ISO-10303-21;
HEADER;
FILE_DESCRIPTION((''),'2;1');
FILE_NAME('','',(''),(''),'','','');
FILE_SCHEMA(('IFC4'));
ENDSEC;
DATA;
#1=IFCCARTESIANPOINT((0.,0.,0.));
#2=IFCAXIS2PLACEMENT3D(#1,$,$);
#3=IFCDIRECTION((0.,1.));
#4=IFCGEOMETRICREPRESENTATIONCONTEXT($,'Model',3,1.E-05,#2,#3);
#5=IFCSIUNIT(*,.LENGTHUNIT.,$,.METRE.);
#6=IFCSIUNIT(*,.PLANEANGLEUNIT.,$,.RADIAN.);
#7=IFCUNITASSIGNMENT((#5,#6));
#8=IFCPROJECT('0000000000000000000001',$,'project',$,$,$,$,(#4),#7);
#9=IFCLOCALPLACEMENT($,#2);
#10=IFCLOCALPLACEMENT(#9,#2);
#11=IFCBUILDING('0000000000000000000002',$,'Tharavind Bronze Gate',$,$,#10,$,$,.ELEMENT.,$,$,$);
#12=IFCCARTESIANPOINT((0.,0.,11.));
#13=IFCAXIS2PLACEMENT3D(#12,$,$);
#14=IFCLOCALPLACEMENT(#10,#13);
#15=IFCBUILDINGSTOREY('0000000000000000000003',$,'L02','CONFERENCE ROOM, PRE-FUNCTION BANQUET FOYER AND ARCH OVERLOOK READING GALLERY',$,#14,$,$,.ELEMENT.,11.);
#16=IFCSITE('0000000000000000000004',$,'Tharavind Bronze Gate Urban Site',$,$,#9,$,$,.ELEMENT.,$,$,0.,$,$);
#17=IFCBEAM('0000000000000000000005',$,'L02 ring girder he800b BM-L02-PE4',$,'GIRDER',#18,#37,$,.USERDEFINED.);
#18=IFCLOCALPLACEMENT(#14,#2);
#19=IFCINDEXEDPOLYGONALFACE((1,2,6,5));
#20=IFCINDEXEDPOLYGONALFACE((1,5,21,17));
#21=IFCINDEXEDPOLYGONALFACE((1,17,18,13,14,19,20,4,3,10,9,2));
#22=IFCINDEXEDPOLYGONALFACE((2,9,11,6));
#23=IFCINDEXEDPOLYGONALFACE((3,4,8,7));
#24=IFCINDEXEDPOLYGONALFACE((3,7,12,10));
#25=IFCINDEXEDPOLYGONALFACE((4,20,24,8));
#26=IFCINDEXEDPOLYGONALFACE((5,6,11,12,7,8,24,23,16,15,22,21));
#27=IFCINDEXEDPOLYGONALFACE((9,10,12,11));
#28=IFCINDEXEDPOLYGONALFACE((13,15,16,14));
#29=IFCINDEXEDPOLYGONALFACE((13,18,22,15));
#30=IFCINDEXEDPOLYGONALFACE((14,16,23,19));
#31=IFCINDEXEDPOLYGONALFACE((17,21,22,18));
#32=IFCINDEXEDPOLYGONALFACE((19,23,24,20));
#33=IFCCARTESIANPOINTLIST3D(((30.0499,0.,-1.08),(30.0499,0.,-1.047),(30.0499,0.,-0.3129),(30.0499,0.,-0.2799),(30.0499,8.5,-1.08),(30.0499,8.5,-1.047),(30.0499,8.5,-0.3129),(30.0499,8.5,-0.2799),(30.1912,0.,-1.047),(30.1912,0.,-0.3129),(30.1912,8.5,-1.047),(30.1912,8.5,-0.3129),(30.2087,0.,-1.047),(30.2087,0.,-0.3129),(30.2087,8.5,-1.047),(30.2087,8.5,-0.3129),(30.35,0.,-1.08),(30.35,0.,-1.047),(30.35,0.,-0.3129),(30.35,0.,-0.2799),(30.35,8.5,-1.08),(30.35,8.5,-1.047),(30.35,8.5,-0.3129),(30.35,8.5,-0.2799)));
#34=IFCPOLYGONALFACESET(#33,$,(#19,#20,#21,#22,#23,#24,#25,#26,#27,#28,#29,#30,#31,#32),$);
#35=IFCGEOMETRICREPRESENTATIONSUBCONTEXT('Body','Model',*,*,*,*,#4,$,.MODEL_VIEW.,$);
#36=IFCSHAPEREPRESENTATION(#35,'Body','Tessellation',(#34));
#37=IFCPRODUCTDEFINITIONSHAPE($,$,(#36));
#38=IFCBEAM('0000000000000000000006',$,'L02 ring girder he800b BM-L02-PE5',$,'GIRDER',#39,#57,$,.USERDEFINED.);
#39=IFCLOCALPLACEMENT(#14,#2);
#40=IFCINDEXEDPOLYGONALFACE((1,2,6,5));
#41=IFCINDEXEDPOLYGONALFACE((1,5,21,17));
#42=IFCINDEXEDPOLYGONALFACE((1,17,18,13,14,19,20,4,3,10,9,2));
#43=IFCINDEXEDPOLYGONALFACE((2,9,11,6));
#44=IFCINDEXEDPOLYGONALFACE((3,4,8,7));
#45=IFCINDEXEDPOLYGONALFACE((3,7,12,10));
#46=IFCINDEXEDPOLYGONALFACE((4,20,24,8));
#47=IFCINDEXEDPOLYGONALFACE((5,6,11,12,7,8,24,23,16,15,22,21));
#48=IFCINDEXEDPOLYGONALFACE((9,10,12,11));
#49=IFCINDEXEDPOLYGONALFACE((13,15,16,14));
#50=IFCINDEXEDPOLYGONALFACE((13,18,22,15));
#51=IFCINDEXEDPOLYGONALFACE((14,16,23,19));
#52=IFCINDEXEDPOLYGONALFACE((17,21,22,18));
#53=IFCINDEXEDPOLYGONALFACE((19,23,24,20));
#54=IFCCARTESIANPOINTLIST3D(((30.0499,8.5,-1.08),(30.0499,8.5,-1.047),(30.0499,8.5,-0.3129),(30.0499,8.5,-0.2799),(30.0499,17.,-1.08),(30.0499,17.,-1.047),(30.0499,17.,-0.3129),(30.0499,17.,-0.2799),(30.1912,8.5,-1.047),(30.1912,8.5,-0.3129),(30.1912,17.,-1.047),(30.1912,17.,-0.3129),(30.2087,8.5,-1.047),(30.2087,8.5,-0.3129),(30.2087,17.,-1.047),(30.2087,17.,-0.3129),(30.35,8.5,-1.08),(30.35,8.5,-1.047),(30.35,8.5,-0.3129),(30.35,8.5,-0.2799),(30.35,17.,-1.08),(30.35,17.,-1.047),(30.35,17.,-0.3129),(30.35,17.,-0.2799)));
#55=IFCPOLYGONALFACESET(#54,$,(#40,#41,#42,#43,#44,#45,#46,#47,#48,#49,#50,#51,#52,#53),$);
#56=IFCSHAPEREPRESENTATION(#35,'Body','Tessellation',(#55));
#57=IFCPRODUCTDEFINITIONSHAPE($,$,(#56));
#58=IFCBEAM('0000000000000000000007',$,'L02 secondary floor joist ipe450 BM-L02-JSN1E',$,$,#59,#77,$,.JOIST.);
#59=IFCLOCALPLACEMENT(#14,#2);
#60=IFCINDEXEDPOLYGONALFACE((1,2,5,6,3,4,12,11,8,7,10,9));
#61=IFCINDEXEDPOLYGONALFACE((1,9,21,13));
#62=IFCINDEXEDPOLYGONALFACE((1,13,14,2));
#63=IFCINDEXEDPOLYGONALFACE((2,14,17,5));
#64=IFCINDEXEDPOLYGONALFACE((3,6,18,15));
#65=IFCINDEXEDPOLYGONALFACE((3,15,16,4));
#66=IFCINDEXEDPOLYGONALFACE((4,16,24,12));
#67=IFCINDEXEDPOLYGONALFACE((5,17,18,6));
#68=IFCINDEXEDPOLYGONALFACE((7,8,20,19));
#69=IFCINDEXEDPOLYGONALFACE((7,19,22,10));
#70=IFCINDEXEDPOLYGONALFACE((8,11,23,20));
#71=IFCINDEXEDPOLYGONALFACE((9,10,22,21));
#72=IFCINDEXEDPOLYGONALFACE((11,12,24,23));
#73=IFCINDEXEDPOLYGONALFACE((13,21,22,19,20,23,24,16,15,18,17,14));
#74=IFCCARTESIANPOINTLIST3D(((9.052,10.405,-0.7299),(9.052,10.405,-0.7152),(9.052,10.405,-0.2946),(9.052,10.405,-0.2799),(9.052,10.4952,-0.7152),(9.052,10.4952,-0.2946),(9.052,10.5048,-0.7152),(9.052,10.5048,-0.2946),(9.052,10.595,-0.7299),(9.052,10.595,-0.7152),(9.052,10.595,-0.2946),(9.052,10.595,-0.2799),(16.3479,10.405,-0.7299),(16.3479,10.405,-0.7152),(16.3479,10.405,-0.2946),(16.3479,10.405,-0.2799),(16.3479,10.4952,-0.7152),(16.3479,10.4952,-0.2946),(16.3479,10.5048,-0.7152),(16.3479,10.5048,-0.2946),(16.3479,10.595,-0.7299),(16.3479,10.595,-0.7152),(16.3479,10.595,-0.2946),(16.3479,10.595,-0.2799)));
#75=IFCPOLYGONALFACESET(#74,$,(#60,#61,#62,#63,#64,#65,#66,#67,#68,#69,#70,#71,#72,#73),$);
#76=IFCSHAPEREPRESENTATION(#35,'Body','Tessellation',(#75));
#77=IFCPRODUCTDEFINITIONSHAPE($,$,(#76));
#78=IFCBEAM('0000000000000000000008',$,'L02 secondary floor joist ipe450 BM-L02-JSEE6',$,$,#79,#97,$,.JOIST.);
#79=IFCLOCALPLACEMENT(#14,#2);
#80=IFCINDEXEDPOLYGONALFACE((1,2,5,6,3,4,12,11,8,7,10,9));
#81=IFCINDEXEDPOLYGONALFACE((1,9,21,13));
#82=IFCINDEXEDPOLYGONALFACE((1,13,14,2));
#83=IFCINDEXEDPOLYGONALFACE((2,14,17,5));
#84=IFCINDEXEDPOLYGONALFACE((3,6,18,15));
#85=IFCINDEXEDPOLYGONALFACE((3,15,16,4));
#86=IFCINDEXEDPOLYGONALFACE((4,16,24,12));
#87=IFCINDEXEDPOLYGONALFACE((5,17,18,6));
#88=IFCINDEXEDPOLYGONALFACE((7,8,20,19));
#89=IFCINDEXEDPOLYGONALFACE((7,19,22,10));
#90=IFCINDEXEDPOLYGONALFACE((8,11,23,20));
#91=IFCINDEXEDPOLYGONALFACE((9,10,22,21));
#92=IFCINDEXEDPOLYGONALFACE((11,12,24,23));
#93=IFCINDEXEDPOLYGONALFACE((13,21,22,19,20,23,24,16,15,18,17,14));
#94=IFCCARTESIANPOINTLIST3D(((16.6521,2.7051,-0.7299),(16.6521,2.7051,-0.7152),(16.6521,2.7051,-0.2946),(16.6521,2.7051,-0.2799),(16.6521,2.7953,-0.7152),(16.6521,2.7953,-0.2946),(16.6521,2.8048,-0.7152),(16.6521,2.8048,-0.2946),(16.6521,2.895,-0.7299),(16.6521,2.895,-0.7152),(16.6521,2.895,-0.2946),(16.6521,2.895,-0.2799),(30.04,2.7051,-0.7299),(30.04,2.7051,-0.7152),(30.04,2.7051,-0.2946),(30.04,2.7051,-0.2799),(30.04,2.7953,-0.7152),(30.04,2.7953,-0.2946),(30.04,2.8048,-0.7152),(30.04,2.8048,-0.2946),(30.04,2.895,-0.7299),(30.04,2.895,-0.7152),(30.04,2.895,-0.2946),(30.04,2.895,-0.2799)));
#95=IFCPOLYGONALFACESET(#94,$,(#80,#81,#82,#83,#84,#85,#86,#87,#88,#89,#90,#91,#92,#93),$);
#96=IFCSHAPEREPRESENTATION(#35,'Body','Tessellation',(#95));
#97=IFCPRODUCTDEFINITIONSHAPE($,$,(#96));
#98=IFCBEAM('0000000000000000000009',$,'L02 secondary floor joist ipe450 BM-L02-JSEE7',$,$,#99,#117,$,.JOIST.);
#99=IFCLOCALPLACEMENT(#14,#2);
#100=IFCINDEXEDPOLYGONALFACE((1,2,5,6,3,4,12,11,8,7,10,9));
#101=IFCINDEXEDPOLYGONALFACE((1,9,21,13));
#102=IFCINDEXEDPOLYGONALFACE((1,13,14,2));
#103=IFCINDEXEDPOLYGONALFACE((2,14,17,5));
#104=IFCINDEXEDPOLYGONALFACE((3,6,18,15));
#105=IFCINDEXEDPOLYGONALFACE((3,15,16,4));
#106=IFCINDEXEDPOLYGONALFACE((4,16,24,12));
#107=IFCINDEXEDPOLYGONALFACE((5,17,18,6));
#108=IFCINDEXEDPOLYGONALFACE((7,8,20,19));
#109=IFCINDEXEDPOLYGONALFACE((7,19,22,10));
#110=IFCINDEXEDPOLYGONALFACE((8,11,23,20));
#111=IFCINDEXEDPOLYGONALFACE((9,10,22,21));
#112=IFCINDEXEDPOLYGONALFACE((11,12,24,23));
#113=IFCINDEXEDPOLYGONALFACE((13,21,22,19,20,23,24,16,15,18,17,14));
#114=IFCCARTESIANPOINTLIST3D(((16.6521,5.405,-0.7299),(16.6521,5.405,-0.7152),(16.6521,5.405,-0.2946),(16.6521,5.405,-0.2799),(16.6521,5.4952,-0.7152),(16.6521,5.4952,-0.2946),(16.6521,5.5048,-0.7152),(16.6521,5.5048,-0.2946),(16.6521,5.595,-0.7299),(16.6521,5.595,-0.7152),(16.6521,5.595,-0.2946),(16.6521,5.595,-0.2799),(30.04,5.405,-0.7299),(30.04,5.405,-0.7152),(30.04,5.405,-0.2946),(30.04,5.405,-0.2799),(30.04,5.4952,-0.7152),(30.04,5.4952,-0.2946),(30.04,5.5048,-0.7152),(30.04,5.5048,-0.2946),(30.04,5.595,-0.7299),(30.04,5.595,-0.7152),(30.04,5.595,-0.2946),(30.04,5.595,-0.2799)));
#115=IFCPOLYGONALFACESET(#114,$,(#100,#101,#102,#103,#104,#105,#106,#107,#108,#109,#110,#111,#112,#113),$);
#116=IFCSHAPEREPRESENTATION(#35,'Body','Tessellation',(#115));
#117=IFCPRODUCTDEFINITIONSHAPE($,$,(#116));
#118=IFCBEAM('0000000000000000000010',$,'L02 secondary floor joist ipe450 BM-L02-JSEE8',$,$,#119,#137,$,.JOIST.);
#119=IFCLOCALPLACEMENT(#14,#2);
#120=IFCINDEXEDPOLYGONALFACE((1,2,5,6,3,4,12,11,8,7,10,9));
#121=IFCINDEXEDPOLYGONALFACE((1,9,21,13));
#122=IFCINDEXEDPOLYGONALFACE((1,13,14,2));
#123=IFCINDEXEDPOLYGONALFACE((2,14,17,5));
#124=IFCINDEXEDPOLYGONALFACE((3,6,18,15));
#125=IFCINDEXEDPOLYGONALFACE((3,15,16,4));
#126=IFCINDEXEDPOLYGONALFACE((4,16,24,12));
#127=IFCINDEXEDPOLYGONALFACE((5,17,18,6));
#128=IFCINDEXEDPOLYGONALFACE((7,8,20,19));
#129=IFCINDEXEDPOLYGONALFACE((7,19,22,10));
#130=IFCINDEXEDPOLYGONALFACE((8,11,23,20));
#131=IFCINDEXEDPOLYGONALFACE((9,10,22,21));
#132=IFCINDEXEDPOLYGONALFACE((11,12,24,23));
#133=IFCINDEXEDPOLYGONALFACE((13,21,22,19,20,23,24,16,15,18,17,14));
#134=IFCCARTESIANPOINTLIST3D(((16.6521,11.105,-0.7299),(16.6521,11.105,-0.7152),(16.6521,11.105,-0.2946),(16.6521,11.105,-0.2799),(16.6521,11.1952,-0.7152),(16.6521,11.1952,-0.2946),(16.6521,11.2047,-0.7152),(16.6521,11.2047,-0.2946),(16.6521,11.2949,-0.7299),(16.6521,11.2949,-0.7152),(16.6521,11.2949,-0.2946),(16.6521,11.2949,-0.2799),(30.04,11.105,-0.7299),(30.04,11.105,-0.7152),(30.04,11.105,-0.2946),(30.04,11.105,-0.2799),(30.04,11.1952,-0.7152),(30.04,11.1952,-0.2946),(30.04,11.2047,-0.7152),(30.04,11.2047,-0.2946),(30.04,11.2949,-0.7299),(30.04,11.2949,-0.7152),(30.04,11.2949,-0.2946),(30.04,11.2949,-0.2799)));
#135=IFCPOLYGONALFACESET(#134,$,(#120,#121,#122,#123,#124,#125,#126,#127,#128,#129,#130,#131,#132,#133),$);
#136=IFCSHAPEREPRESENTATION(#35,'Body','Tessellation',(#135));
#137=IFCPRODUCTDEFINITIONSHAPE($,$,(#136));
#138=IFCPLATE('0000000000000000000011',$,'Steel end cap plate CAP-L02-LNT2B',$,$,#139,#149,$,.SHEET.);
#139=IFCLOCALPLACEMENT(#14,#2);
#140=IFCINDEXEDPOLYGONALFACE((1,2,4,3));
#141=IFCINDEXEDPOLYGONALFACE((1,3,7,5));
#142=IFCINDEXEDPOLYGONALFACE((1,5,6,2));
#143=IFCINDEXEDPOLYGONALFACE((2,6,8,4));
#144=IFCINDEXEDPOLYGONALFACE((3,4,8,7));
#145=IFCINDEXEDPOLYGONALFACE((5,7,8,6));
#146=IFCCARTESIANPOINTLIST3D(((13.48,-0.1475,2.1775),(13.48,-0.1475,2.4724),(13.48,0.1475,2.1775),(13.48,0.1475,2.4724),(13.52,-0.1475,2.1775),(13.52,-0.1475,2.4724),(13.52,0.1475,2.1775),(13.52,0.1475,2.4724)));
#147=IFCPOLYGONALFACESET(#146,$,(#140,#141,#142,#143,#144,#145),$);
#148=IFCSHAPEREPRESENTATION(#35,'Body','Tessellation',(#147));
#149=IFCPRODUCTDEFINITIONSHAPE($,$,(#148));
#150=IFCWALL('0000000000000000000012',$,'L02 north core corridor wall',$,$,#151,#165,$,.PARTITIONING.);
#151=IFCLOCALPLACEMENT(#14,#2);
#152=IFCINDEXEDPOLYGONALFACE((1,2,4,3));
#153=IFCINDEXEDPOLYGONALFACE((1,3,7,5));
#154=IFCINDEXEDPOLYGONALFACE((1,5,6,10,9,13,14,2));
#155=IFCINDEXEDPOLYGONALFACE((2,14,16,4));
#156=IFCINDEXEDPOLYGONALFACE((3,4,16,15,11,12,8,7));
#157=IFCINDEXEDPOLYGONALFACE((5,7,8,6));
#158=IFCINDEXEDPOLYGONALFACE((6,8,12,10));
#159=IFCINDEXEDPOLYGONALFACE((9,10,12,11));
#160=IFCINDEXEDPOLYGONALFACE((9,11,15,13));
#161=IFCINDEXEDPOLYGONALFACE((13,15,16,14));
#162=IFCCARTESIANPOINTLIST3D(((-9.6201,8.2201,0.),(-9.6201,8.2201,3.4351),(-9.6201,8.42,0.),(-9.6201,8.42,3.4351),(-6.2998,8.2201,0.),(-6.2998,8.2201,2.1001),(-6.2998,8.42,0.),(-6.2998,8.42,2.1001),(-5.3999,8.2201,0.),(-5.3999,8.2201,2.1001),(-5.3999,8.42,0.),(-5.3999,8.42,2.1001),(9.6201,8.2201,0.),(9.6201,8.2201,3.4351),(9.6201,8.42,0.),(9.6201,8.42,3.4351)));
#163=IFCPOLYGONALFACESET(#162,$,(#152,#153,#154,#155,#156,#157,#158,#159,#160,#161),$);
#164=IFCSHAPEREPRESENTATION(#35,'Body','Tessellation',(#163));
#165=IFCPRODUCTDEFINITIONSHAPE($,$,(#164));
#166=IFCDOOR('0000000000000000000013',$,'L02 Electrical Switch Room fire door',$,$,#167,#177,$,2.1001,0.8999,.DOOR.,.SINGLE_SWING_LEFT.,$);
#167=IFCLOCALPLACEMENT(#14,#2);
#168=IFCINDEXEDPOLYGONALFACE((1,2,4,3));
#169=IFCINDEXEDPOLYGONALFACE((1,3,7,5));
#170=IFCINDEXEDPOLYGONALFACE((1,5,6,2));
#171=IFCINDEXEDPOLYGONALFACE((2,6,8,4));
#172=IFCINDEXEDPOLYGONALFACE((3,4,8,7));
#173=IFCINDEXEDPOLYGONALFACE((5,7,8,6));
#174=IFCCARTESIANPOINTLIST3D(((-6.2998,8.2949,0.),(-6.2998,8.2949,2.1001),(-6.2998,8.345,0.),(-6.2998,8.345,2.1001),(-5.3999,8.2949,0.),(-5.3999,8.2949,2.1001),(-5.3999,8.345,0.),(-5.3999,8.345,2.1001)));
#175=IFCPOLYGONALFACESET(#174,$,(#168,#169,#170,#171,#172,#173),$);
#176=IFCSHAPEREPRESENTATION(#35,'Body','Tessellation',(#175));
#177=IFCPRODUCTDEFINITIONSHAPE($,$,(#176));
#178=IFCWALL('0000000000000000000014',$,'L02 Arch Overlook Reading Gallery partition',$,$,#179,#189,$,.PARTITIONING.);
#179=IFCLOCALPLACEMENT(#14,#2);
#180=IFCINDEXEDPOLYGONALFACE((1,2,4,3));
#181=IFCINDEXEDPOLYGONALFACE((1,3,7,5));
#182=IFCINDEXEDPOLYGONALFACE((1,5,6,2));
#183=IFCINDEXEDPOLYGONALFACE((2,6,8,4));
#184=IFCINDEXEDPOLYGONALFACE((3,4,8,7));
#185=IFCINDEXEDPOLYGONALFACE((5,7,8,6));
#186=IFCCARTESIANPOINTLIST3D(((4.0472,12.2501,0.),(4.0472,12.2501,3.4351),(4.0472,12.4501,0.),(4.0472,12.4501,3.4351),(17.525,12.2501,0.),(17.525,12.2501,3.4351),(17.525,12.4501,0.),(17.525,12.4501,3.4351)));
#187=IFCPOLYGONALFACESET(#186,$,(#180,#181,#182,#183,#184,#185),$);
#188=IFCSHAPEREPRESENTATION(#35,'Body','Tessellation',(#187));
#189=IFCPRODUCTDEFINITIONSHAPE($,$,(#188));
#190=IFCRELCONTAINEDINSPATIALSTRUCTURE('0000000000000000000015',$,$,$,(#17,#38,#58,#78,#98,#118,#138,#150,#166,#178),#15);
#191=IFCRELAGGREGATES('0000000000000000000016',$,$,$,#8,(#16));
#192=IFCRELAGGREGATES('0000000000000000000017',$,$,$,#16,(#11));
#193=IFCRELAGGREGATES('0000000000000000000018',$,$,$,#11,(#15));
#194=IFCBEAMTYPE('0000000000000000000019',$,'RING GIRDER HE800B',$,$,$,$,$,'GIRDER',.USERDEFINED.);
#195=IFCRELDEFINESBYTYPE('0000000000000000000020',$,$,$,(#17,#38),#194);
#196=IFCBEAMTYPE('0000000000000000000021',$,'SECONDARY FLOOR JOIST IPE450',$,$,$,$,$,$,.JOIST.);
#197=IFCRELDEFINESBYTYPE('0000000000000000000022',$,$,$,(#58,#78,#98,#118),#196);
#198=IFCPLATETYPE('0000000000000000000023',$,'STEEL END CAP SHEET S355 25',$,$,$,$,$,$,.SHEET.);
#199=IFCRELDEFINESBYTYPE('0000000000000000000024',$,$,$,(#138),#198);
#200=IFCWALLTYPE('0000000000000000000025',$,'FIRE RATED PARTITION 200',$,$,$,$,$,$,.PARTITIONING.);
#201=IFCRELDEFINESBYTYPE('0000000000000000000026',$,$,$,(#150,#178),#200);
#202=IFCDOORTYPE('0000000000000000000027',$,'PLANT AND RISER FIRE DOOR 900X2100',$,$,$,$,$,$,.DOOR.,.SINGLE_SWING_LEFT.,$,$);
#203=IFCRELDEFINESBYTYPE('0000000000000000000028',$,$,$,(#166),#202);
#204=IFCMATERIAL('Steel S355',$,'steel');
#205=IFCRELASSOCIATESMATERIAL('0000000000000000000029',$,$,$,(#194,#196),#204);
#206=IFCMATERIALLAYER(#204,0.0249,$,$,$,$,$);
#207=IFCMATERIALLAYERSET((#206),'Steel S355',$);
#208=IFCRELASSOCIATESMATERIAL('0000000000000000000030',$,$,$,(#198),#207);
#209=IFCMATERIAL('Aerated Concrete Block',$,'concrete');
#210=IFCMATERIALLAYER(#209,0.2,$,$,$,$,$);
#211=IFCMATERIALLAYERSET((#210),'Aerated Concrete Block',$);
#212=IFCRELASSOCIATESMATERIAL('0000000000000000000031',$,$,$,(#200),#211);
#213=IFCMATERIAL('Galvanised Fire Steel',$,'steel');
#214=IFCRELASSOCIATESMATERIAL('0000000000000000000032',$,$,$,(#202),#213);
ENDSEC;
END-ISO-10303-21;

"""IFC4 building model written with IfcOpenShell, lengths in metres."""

from ifc_helpers import new_model, si_unit, direction, frame, frame_2d, origin, origin_2d, place, context, subcontext, project, spatial, rectangle, i_section, extrude, material, layer, layer_set, material_profile, profile_set, type_object, element, fill, save


model = new_model("IFC4")

# Units and contexts
model_context = context("Model", 3, precision=1e-05, world=origin(), true_north=direction((0.0, 1.0)))
body_context = subcontext(model_context, "Body", "Model", "MODEL_VIEW")
ifc_project = project(units=[si_unit("LENGTHUNIT", "METRE"), si_unit("PLANEANGLEUNIT", "RADIAN")], contexts=[model_context])

# Site, building, storey
site_placement = place(None, origin())
site = spatial("IfcSite", under=ifc_project, at=site_placement, Name="Tharavind Bronze Gate Urban Site", CompositionType="ELEMENT", RefElevation=0.0)
building_placement = place(site_placement, origin())
building = spatial("IfcBuilding", under=site, at=building_placement, Name="Tharavind Bronze Gate", CompositionType="ELEMENT")
storey_placement = place(building_placement, frame((0.0, 0.0, 11.0)))
storey = spatial("IfcBuildingStorey", under=building, at=storey_placement, Name="L02", Description="CONFERENCE ROOM, PRE-FUNCTION BANQUET FOYER AND ARCH OVERLOOK READING GALLERY", CompositionType="ELEMENT", Elevation=11.0)

# Beams
ifc_material_1 = material(Name="Steel S355", Category="steel")
ifc_material_profile_1 = material_profile(ifc_material_1, i_section(OverallWidth=0.3, OverallDepth=0.8, WebThickness=0.0176, FlangeThickness=0.033, at=origin_2d()), Name="HE800B")
ifc_profile_set_1 = profile_set([ifc_material_profile_1], Name="Steel S355")
beam_type_1 = type_object("IfcBeamType", Name="RING GIRDER HE800B", ElementType="GIRDER", PredefinedType="USERDEFINED", material=ifc_profile_set_1)
for number, where, z_axis, x_axis, name in (
    (1, (30.2, 0.0, -0.6799), (0.0, 1.0, 0.0), (-1.0, 0.0, 0.0), "L02 ring girder he800b BM-L02-PE4"),
    (2, (30.2, 8.5, -0.6799), (0.0, 1.0, 0.0), (-1.0, 0.0, 0.0), "L02 ring girder he800b BM-L02-PE5"),
):
    element("IfcBeam", number, at=place(storey_placement, frame(where, z_axis=z_axis, x_axis=x_axis)), inside=storey, type_object=beam_type_1, Name=name, ObjectType="GIRDER", PredefinedType="USERDEFINED", context=body_context, shape_type="SweptSolid", body=[
        extrude(i_section(OverallWidth=0.3, OverallDepth=0.8, WebThickness=0.0176, FlangeThickness=0.033, at=origin_2d()), origin(), (0.0, 0.0, 1.0), 8.5),
    ])
ifc_material_profile_2 = material_profile(ifc_material_1, i_section(OverallWidth=0.1899, OverallDepth=0.45, WebThickness=0.0095, FlangeThickness=0.0146, at=origin_2d()), Name="IPE450")
ifc_profile_set_2 = profile_set([ifc_material_profile_2], Name="Steel S355")
beam_type_2 = type_object("IfcBeamType", Name="SECONDARY FLOOR JOIST IPE450", PredefinedType="JOIST", material=ifc_profile_set_2)
beam_1_placement = place(storey_placement, frame((9.052, 10.5, -0.5049), z_axis=(1.0, 0.0, 0.0), x_axis=(0.0, 1.0, 0.0)))
element("IfcBeam", 3, at=beam_1_placement, inside=storey, type_object=beam_type_2, Name="L02 secondary floor joist ipe450 BM-L02-JSN1E", PredefinedType="JOIST", context=body_context, shape_type="SweptSolid", body=[
    extrude(i_section(OverallWidth=0.1899, OverallDepth=0.45, WebThickness=0.0095, FlangeThickness=0.0146, at=origin_2d()), origin(), (0.0, 0.0, 1.0), 7.2959),
])
for number, where, z_axis, x_axis, name in (
    (4, (16.6521, 2.8, -0.5049), (1.0, 0.0, 0.0), (0.0, 1.0, 0.0), "L02 secondary floor joist ipe450 BM-L02-JSEE6"),
    (5, (16.6521, 5.5, -0.5049), (1.0, 0.0, 0.0), (0.0, 1.0, 0.0), "L02 secondary floor joist ipe450 BM-L02-JSEE7"),
    (6, (16.6521, 11.2, -0.5049), (1.0, 0.0, 0.0), (0.0, 1.0, 0.0), "L02 secondary floor joist ipe450 BM-L02-JSEE8"),
):
    element("IfcBeam", number, at=place(storey_placement, frame(where, z_axis=z_axis, x_axis=x_axis)), inside=storey, type_object=beam_type_2, Name=name, PredefinedType="JOIST", context=body_context, shape_type="SweptSolid", body=[
        extrude(i_section(OverallWidth=0.1899, OverallDepth=0.45, WebThickness=0.0095, FlangeThickness=0.0146, at=origin_2d()), origin(), (0.0, 0.0, 1.0), 13.3879),
    ])

# Plate
ifc_layer_1 = layer(ifc_material_1, 0.0249)
ifc_layer_set_1 = layer_set([ifc_layer_1], Name="Steel S355")
plate_type = type_object("IfcPlateType", Name="STEEL END CAP SHEET S355 25", PredefinedType="SHEET", material=ifc_layer_set_1)
plate_placement = place(storey_placement, frame((13.5, 0.0, 2.1775), z_axis=(0.0, 0.0, 1.0), x_axis=(1.0, 0.0, 0.0)))
element("IfcPlate", 7, at=plate_placement, inside=storey, type_object=plate_type, Name="Steel end cap plate CAP-L02-LNT2B", PredefinedType="SHEET", context=body_context, shape_type="SweptSolid", body=[
    extrude(rectangle(XDim=0.04, YDim=0.2949, at=origin_2d()), origin(), (0.0, 0.0, 1.0), 0.2949),
])

# Wall, opening, door
ifc_material_2 = material(Name="Aerated Concrete Block", Category="concrete")
ifc_layer_2 = layer(ifc_material_2, 0.2)
ifc_layer_set_2 = layer_set([ifc_layer_2], Name="Aerated Concrete Block")
wall_type_1 = type_object("IfcWallType", Name="FIRE RATED PARTITION 200", PredefinedType="PARTITIONING", material=ifc_layer_set_2)
wall_1_placement = place(storey_placement, frame((9.6201, 8.3201, 0.0), z_axis=(0.0, 0.0, 1.0), x_axis=(-1.0, 0.0, 0.0)))
wall_1 = element("IfcWall", 8, at=wall_1_placement, inside=storey, type_object=wall_type_1, Name="L02 north core corridor wall", PredefinedType="PARTITIONING", context=body_context, shape_type="SweptSolid", body=[
    extrude(rectangle(XDim=19.2402, YDim=0.2, at=frame_2d((9.6201, 0.0))), origin(), (0.0, 0.0, 1.0), 3.4351),
])
opening_1_placement = place(wall_1_placement, frame((15.02, 0.0, 0.0)))
opening_1 = element("IfcOpeningElement", 9, at=opening_1_placement, cuts=wall_1, PredefinedType="OPENING", context=body_context, shape_type="SweptSolid", body=[
    extrude(rectangle(XDim=0.8999, YDim=2.1001, at=frame_2d((0.45, 1.05))), frame((0.0, 0.1101, 0.0), z_axis=(0.0, -1.0, 0.0), x_axis=(1.0, 0.0, 0.0)), (0.0, 0.0, 1.0), 0.22),
])
ifc_material_3 = material(Name="Galvanised Fire Steel", Category="steel")
door_type_1 = type_object("IfcDoorType", Name="PLANT AND RISER FIRE DOOR 900X2100", OperationType="SINGLE_SWING_LEFT", PredefinedType="DOOR", material=ifc_material_3)
door_1_placement = place(opening_1_placement, frame((0.8999, 0.0, 0.0), z_axis=(0.0, 0.0, 1.0), x_axis=(-1.0, 0.0, 0.0)))
door_1 = element("IfcDoor", 10, at=door_1_placement, inside=storey, type_object=door_type_1, Name="L02 Electrical Switch Room fire door", OperationType="SINGLE_SWING_LEFT", OverallHeight=2.1001, OverallWidth=0.8999, PredefinedType="DOOR", context=body_context, shape_type="SweptSolid", body=[
    extrude(rectangle(XDim=0.8999, YDim=2.1001, at=frame_2d((0.45, 1.05))), frame((0.0, 0.0249, 0.0), z_axis=(0.0, -1.0, 0.0), x_axis=(1.0, 0.0, 0.0)), (0.0, 0.0, 1.0), 0.05),
])
fill(opening_1, door_1)

# Wall
wall_2_placement = place(storey_placement, frame((17.5249, 12.3501, 0.0), z_axis=(0.0, 0.0, 1.0), x_axis=(-1.0, 0.0, 0.0)))
element("IfcWall", 11, at=wall_2_placement, inside=storey, type_object=wall_type_1, Name="L02 Arch Overlook Reading Gallery partition", PredefinedType="PARTITIONING", context=body_context, shape_type="SweptSolid", body=[
    extrude(rectangle(XDim=13.4778, YDim=0.2, at=frame_2d((6.7388, 0.0))), origin(), (0.0, 0.0, 1.0), 3.4351),
])

save(model, "model.ifc")
